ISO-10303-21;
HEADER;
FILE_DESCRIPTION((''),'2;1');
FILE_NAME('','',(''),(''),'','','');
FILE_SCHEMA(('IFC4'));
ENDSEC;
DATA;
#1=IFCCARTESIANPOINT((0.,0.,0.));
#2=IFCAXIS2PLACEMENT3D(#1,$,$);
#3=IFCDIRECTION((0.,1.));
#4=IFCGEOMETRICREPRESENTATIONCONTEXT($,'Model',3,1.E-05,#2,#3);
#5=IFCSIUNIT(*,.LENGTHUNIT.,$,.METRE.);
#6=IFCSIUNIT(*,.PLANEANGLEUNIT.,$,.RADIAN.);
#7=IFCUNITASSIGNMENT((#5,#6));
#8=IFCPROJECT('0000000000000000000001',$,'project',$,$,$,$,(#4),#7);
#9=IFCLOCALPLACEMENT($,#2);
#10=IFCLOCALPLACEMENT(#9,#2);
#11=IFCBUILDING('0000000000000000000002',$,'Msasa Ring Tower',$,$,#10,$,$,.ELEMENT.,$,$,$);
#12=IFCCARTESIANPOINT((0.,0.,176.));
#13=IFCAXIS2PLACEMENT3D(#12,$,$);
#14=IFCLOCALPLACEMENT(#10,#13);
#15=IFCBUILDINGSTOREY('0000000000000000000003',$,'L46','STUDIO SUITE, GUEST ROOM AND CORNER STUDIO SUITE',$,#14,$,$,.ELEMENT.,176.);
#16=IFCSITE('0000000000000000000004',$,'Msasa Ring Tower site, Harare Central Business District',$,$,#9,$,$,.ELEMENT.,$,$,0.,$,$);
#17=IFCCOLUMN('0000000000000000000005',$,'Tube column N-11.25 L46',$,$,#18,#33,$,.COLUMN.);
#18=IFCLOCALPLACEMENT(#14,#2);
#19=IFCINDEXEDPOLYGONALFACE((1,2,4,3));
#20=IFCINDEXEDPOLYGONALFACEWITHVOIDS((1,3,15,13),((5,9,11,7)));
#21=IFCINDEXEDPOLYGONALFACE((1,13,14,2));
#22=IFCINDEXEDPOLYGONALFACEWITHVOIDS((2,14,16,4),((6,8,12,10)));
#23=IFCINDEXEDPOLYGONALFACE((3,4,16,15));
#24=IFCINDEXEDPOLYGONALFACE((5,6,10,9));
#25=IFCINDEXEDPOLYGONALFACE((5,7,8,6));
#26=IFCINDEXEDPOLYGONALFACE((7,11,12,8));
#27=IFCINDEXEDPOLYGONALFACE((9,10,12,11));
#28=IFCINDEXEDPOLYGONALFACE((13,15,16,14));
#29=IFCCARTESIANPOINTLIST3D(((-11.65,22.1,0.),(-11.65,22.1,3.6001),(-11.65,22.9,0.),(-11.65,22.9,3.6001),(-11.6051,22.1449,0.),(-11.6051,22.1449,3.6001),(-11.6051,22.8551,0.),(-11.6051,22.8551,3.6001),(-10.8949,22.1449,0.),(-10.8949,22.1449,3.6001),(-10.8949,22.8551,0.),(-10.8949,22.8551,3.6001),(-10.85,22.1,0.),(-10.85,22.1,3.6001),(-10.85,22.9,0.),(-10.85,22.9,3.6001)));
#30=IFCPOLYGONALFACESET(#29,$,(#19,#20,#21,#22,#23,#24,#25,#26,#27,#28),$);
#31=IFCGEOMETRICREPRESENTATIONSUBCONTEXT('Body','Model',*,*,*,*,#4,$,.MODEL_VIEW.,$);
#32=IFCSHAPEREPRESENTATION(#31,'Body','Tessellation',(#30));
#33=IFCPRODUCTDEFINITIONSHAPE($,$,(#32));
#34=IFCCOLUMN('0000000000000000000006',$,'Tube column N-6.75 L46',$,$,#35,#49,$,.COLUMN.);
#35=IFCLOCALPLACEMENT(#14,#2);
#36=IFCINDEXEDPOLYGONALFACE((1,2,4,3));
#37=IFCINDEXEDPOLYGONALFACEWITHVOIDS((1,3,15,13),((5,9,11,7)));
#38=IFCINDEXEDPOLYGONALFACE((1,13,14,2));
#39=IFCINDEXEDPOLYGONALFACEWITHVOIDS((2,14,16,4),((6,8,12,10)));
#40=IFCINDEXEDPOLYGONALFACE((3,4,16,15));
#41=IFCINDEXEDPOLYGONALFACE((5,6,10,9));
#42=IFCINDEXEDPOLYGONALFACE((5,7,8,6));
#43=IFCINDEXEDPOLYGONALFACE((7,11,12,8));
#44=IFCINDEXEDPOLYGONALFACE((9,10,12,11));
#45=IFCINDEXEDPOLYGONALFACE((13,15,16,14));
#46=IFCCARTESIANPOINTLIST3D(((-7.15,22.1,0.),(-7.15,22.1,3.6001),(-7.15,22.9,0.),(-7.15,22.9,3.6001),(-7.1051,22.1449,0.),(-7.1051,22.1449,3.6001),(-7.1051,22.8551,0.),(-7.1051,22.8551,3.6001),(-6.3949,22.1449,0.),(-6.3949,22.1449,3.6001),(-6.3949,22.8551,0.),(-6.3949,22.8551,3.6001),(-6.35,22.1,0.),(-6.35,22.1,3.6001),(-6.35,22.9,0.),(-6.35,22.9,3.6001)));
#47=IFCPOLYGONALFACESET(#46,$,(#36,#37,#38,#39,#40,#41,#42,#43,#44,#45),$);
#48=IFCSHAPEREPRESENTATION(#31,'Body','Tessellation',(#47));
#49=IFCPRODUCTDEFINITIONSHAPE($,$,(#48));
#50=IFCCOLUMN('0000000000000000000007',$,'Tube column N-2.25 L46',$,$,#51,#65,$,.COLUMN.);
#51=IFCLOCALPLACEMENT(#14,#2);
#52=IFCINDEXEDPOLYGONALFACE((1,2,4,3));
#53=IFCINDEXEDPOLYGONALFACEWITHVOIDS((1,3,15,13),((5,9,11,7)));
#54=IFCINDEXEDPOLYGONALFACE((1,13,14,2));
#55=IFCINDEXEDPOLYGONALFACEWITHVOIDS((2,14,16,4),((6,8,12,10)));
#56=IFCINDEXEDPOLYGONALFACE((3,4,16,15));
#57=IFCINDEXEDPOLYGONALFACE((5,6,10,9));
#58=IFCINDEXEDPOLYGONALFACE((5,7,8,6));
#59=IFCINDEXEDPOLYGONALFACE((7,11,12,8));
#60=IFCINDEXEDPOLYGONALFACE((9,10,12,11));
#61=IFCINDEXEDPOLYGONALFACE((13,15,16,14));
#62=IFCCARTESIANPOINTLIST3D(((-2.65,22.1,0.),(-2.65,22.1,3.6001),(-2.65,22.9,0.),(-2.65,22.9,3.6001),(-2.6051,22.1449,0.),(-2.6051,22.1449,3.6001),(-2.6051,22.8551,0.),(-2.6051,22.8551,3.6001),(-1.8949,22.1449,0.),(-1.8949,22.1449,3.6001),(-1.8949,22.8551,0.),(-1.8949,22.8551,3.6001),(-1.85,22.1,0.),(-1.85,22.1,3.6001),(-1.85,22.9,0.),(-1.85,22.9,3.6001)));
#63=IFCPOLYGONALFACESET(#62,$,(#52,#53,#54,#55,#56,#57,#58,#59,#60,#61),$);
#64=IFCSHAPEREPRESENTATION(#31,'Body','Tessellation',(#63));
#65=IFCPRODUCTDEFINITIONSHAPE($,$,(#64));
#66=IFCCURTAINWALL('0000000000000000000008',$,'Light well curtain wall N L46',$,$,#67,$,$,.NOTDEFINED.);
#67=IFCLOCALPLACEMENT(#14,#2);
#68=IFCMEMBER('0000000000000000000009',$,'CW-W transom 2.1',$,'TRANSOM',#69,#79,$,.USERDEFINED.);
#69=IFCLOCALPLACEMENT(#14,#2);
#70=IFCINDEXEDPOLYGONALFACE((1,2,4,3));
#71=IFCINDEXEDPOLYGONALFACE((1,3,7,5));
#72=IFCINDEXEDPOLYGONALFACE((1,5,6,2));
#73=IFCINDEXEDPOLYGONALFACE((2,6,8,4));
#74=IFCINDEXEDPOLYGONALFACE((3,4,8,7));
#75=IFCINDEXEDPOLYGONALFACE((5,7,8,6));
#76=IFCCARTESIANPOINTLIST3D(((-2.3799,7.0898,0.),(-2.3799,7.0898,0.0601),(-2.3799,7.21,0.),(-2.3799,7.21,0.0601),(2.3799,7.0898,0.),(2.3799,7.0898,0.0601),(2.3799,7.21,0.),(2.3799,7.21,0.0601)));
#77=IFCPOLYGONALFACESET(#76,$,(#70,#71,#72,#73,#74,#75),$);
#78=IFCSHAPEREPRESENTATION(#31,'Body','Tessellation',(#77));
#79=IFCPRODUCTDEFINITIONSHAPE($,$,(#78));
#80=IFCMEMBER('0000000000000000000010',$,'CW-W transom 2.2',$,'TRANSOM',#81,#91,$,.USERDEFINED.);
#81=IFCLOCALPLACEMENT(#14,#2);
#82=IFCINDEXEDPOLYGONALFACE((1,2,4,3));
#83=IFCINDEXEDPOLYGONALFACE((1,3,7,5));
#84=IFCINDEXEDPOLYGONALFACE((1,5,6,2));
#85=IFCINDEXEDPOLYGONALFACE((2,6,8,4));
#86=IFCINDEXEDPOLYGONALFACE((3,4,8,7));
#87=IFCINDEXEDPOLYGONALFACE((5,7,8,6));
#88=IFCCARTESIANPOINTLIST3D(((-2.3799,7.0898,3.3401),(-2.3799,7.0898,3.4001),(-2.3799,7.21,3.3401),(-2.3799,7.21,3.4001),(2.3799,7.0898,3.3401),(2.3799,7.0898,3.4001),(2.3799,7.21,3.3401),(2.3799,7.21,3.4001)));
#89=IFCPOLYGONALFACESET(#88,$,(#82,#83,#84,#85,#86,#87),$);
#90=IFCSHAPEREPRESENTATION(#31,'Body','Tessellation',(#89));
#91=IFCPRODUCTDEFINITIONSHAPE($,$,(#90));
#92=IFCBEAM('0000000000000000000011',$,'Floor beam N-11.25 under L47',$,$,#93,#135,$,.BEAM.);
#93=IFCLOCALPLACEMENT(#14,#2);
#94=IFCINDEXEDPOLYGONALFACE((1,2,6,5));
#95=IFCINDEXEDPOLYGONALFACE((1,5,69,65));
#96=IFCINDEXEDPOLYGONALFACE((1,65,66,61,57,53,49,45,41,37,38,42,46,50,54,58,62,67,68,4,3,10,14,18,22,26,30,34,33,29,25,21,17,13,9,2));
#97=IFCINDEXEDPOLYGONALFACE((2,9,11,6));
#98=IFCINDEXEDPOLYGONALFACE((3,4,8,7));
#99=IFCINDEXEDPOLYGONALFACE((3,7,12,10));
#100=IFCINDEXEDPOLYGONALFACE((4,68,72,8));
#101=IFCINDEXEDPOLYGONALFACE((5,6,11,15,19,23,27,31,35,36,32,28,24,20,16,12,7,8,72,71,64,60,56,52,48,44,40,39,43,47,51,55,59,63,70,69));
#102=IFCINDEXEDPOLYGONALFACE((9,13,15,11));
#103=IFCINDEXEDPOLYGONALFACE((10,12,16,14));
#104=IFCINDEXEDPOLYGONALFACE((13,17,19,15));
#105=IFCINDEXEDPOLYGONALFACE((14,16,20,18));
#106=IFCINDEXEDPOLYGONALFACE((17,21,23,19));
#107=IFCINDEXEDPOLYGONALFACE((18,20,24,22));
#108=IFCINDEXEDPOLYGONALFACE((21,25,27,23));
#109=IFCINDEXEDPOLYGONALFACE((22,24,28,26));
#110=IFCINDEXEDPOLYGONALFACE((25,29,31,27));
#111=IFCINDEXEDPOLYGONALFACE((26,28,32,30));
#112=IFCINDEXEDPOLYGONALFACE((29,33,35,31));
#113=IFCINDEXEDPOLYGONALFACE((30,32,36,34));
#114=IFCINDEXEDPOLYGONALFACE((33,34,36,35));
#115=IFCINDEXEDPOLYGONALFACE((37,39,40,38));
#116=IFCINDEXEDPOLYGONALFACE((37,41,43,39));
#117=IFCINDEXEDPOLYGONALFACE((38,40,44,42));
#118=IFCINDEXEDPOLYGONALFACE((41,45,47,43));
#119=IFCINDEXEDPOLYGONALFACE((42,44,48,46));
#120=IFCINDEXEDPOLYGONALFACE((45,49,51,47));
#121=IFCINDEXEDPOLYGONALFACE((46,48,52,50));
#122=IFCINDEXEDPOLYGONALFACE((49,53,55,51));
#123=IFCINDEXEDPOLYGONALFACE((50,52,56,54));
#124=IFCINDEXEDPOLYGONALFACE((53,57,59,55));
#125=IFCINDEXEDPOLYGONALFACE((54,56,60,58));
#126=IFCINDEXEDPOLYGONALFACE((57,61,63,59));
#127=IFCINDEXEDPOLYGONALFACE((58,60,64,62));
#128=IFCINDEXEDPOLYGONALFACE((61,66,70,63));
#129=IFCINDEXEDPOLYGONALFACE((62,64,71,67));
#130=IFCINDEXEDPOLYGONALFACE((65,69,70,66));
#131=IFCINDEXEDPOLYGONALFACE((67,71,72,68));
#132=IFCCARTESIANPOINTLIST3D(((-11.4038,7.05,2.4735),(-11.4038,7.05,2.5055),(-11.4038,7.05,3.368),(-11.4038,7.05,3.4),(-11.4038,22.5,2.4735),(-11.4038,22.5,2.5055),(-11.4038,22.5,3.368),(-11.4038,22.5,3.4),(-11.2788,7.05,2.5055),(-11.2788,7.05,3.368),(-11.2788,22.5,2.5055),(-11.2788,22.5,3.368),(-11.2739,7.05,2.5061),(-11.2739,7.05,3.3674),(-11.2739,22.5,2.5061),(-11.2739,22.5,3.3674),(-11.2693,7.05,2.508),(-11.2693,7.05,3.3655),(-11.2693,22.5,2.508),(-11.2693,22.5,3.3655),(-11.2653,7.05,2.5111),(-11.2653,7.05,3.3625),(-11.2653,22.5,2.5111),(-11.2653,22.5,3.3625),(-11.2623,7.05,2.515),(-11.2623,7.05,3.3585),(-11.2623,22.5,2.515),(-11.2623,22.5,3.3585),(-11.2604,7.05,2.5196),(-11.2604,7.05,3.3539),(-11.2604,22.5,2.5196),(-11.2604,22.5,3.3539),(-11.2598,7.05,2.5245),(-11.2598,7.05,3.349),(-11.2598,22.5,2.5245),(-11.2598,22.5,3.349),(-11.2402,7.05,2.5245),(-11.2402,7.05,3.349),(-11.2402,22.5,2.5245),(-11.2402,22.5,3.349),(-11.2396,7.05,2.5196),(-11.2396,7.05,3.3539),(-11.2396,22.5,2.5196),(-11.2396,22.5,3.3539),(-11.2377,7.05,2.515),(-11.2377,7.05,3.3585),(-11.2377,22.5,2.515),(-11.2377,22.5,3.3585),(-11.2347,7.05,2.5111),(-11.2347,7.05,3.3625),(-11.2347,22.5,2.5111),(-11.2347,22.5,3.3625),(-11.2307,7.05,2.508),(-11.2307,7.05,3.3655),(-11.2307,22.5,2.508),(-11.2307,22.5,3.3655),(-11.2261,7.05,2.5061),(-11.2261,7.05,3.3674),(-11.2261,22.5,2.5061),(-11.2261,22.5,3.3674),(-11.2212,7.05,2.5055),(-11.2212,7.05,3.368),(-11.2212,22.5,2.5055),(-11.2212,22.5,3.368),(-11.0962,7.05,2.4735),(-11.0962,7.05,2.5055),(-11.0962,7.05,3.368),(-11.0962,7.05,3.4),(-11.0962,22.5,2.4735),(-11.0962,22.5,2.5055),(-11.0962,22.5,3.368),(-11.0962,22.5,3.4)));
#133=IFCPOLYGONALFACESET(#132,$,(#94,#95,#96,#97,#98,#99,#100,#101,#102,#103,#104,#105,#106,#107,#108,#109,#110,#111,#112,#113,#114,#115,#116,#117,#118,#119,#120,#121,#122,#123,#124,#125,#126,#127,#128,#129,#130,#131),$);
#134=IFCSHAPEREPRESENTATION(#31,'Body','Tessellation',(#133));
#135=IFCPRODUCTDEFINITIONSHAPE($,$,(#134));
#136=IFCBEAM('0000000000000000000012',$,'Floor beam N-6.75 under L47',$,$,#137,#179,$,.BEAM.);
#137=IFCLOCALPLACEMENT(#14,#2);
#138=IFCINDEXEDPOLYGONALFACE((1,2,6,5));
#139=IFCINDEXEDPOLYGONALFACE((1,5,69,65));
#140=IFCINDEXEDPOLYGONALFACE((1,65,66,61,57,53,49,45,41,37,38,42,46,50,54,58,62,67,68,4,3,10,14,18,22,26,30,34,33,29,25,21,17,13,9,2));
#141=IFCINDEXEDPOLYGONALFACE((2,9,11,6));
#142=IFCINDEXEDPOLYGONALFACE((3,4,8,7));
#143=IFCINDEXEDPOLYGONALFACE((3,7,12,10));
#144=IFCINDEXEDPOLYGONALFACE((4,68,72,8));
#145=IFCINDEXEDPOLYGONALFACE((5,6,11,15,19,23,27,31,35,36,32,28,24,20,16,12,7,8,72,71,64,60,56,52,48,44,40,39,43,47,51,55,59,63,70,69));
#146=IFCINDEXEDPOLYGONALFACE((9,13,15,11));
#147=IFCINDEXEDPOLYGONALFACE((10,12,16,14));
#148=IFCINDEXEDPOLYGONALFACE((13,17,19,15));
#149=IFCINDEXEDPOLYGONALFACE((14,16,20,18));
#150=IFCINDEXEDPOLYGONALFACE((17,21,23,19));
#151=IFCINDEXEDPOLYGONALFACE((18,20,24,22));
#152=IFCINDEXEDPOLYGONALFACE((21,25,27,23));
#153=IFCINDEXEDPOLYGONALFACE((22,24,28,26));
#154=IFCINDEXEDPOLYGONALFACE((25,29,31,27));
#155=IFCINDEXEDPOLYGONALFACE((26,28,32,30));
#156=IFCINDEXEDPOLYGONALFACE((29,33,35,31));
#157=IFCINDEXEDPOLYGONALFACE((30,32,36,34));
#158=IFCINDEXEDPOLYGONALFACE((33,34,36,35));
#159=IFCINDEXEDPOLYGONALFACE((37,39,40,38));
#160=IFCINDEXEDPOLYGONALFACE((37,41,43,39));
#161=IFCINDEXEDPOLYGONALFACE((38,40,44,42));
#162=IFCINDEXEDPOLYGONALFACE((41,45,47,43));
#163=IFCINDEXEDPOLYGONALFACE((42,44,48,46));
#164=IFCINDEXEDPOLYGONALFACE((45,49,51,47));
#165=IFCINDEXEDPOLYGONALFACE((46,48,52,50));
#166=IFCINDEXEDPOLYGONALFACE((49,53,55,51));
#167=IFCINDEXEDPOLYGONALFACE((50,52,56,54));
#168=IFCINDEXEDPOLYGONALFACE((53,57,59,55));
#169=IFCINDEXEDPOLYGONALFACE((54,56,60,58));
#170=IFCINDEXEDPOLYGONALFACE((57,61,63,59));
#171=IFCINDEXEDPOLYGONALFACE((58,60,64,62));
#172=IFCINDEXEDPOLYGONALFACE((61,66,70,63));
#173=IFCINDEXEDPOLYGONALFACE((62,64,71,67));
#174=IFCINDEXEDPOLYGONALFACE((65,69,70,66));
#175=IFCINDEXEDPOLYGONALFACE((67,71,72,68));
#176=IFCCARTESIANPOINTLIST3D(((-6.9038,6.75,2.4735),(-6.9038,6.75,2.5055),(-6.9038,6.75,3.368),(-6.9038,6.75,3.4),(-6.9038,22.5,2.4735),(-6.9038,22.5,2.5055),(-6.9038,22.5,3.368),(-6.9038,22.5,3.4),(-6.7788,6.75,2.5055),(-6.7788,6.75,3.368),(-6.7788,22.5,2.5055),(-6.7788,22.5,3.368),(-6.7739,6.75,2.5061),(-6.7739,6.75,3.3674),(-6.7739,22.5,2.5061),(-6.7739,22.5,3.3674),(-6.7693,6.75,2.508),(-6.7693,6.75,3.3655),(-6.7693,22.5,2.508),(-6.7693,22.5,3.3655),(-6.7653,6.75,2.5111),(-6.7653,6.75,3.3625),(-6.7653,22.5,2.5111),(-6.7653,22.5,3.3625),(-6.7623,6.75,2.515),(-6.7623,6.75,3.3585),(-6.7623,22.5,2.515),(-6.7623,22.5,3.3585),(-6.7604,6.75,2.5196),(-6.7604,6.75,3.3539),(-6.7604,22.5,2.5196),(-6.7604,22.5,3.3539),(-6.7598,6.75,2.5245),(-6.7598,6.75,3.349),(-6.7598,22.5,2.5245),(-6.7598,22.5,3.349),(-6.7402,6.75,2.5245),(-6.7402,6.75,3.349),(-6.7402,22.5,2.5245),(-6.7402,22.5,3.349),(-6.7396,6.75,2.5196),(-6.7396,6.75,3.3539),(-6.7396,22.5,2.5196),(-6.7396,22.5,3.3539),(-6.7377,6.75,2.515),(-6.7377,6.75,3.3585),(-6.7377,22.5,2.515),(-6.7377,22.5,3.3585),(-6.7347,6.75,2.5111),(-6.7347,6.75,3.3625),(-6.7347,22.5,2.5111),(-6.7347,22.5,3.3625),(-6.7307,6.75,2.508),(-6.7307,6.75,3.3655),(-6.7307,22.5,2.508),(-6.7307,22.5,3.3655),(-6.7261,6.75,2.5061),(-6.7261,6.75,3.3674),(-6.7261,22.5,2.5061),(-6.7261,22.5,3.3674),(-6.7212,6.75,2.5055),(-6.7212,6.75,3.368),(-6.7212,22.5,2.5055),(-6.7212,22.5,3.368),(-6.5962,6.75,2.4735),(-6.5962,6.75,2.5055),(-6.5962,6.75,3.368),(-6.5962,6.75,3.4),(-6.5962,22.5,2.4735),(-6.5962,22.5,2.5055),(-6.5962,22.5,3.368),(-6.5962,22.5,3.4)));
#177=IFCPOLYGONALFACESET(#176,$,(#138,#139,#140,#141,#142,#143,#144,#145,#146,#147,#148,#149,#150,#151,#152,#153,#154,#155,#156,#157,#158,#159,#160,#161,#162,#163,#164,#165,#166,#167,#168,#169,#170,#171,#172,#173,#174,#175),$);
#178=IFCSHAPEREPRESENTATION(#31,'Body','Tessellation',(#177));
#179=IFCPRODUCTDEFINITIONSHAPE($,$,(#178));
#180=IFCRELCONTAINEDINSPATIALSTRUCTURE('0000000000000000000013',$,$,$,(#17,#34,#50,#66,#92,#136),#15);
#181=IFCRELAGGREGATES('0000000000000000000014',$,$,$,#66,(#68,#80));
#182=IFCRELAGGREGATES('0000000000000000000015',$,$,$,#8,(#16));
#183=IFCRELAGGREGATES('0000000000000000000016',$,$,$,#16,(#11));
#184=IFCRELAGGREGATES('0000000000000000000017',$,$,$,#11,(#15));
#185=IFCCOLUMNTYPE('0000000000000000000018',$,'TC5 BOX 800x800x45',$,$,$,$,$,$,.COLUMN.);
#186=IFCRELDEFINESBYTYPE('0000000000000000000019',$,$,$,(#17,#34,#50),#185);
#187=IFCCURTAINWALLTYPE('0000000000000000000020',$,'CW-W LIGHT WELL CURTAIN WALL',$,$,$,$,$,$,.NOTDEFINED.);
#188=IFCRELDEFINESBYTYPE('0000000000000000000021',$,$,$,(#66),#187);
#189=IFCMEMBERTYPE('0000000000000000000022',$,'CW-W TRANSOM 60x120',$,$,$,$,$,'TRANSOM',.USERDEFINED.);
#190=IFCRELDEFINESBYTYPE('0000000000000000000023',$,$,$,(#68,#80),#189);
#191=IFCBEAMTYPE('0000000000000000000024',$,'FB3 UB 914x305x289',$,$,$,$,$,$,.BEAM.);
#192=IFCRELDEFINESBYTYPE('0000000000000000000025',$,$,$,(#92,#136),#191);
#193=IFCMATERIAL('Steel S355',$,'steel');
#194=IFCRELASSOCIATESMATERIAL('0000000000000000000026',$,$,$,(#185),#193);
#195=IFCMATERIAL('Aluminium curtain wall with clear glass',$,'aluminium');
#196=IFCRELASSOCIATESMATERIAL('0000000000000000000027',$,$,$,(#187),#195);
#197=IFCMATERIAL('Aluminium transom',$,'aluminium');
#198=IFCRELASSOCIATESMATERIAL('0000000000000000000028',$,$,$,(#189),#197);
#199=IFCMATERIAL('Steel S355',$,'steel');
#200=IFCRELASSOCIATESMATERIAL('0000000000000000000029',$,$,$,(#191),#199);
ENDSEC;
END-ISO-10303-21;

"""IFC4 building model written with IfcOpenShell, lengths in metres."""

from ifc_helpers import new_model, si_unit, direction, frame, origin, origin_2d, place, context, subcontext, project, spatial, rectangle, hollow_rectangle, i_section, extrude, material, material_profile, profile_set, type_object, element, aggregate, save


model = new_model("IFC4")

# Units and contexts
model_context = context("Model", 3, precision=1e-05, world=origin(), true_north=direction((0.0, 1.0)))
body_context = subcontext(model_context, "Body", "Model", "MODEL_VIEW")
ifc_project = project(units=[si_unit("LENGTHUNIT", "METRE"), si_unit("PLANEANGLEUNIT", "RADIAN")], contexts=[model_context])

# Site, building, storey
site_placement = place(None, origin())
site = spatial("IfcSite", under=ifc_project, at=site_placement, Name="Msasa Ring Tower site, Harare Central Business District", CompositionType="ELEMENT", RefElevation=0.0)
building_placement = place(site_placement, origin())
building = spatial("IfcBuilding", under=site, at=building_placement, Name="Msasa Ring Tower", CompositionType="ELEMENT")
storey_placement = place(building_placement, frame((0.0, 0.0, 176.0)))
storey = spatial("IfcBuildingStorey", under=building, at=storey_placement, Name="L46", Description="STUDIO SUITE, GUEST ROOM AND CORNER STUDIO SUITE", CompositionType="ELEMENT", Elevation=176.0)

# Columns
ifc_material_1 = material(Name="Steel S355", Category="steel")
ifc_material_profile_1 = material_profile(ifc_material_1, hollow_rectangle(XDim=0.8, YDim=0.8, WallThickness=0.0449, at=origin_2d()), Name="BOX 800x800x45")
ifc_profile_set_1 = profile_set([ifc_material_profile_1], Name="Steel S355")
column_type = type_object("IfcColumnType", Name="TC5 BOX 800x800x45", PredefinedType="COLUMN", material=ifc_profile_set_1)
for number, where, z_axis, x_axis, name in (
    (1, (-11.25, 22.5, 0.0), (0.0, 0.0, 1.0), (0.0, 1.0, 0.0), "Tube column N-11.25 L46"),
    (2, (-6.75, 22.5, 0.0), (0.0, 0.0, 1.0), (0.0, 1.0, 0.0), "Tube column N-6.75 L46"),
    (3, (-2.25, 22.5, 0.0), (0.0, 0.0, 1.0), (0.0, 1.0, 0.0), "Tube column N-2.25 L46"),
):
    element("IfcColumn", number, at=place(storey_placement, frame(where, z_axis=z_axis, x_axis=x_axis)), inside=storey, type_object=column_type, Name=name, PredefinedType="COLUMN", context=body_context, shape_type="SweptSolid", body=[
        extrude(hollow_rectangle(XDim=0.8, YDim=0.8, WallThickness=0.0449, at=origin_2d()), origin(), (0.0, 0.0, 1.0), 3.6001),
    ])

# Curtain wall, members
ifc_material_2 = material(Name="Aluminium curtain wall with clear glass", Category="aluminium")
curtain_wall_type = type_object("IfcCurtainWallType", Name="CW-W LIGHT WELL CURTAIN WALL", PredefinedType="NOTDEFINED", material=ifc_material_2)
curtain_wall_placement = place(storey_placement, origin())
curtain_wall = element("IfcCurtainWall", 4, at=curtain_wall_placement, inside=storey, type_object=curtain_wall_type, Name="Light well curtain wall N L46", PredefinedType="NOTDEFINED")
ifc_material_3 = material(Name="Aluminium transom", Category="aluminium")
ifc_material_profile_2 = material_profile(ifc_material_3, rectangle(XDim=0.1201, YDim=0.0601, at=origin_2d()), Name="AL 60x120")
ifc_profile_set_2 = profile_set([ifc_material_profile_2], Name="Aluminium transom")
member_type = type_object("IfcMemberType", Name="CW-W TRANSOM 60x120", ElementType="TRANSOM", PredefinedType="USERDEFINED", material=ifc_profile_set_2)
member_1_placement = place(storey_placement, frame((-2.3799, 7.1499, 0.03), z_axis=(1.0, 0.0, 0.0), x_axis=(0.0, 1.0, 0.0)))
member_1 = element("IfcMember", 5, at=member_1_placement, type_object=member_type, Name="CW-W transom 2.1", ObjectType="TRANSOM", PredefinedType="USERDEFINED", context=body_context, shape_type="SweptSolid", body=[
    extrude(rectangle(XDim=0.1201, YDim=0.0601, at=origin_2d()), origin(), (0.0, 0.0, 1.0), 4.7598),
])
member_2_placement = place(storey_placement, frame((-2.3799, 7.1499, 3.3701), z_axis=(1.0, 0.0, 0.0), x_axis=(0.0, 1.0, 0.0)))
member_2 = element("IfcMember", 6, at=member_2_placement, type_object=member_type, Name="CW-W transom 2.2", ObjectType="TRANSOM", PredefinedType="USERDEFINED", context=body_context, shape_type="SweptSolid", body=[
    extrude(rectangle(XDim=0.1201, YDim=0.0601, at=origin_2d()), origin(), (0.0, 0.0, 1.0), 4.7598),
])
aggregate(curtain_wall, [member_1, member_2])

# Beams
ifc_material_4 = material(Name="Steel S355", Category="steel")
ifc_material_profile_3 = material_profile(ifc_material_4, i_section(OverallWidth=0.3076, OverallDepth=0.9265, WebThickness=0.0195, FlangeThickness=0.032, FilletRadius=0.019, at=origin_2d()), Name="UB 914x305x289")
ifc_profile_set_3 = profile_set([ifc_material_profile_3], Name="Steel S355")
beam_type_1 = type_object("IfcBeamType", Name="FB3 UB 914x305x289", PredefinedType="BEAM", material=ifc_profile_set_3)
beam_placement = place(storey_placement, frame((-11.25, 22.5, 2.9368), z_axis=(0.0, -1.0, 0.0), x_axis=(1.0, 0.0, 0.0)))
element("IfcBeam", 7, at=beam_placement, inside=storey, type_object=beam_type_1, Name="Floor beam N-11.25 under L47", PredefinedType="BEAM", context=body_context, shape_type="SweptSolid", body=[
    extrude(i_section(OverallWidth=0.3076, OverallDepth=0.9265, WebThickness=0.0195, FlangeThickness=0.032, FilletRadius=0.019, at=origin_2d()), origin(), (0.0, 0.0, 1.0), 15.45),
])
for number, where, z_axis, x_axis, name in (
    (8, (-6.75, 22.5, 2.9368), (0.0, -1.0, 0.0), (1.0, 0.0, 0.0), "Floor beam N-6.75 under L47"),
):
    element("IfcBeam", number, at=place(storey_placement, frame(where, z_axis=z_axis, x_axis=x_axis)), inside=storey, type_object=beam_type_1, Name=name, PredefinedType="BEAM", context=body_context, shape_type="SweptSolid", body=[
        extrude(i_section(OverallWidth=0.3076, OverallDepth=0.9265, WebThickness=0.0195, FlangeThickness=0.032, FilletRadius=0.019, at=origin_2d()), origin(), (0.0, 0.0, 1.0), 15.75),
    ])

save(model, "model.ifc")
